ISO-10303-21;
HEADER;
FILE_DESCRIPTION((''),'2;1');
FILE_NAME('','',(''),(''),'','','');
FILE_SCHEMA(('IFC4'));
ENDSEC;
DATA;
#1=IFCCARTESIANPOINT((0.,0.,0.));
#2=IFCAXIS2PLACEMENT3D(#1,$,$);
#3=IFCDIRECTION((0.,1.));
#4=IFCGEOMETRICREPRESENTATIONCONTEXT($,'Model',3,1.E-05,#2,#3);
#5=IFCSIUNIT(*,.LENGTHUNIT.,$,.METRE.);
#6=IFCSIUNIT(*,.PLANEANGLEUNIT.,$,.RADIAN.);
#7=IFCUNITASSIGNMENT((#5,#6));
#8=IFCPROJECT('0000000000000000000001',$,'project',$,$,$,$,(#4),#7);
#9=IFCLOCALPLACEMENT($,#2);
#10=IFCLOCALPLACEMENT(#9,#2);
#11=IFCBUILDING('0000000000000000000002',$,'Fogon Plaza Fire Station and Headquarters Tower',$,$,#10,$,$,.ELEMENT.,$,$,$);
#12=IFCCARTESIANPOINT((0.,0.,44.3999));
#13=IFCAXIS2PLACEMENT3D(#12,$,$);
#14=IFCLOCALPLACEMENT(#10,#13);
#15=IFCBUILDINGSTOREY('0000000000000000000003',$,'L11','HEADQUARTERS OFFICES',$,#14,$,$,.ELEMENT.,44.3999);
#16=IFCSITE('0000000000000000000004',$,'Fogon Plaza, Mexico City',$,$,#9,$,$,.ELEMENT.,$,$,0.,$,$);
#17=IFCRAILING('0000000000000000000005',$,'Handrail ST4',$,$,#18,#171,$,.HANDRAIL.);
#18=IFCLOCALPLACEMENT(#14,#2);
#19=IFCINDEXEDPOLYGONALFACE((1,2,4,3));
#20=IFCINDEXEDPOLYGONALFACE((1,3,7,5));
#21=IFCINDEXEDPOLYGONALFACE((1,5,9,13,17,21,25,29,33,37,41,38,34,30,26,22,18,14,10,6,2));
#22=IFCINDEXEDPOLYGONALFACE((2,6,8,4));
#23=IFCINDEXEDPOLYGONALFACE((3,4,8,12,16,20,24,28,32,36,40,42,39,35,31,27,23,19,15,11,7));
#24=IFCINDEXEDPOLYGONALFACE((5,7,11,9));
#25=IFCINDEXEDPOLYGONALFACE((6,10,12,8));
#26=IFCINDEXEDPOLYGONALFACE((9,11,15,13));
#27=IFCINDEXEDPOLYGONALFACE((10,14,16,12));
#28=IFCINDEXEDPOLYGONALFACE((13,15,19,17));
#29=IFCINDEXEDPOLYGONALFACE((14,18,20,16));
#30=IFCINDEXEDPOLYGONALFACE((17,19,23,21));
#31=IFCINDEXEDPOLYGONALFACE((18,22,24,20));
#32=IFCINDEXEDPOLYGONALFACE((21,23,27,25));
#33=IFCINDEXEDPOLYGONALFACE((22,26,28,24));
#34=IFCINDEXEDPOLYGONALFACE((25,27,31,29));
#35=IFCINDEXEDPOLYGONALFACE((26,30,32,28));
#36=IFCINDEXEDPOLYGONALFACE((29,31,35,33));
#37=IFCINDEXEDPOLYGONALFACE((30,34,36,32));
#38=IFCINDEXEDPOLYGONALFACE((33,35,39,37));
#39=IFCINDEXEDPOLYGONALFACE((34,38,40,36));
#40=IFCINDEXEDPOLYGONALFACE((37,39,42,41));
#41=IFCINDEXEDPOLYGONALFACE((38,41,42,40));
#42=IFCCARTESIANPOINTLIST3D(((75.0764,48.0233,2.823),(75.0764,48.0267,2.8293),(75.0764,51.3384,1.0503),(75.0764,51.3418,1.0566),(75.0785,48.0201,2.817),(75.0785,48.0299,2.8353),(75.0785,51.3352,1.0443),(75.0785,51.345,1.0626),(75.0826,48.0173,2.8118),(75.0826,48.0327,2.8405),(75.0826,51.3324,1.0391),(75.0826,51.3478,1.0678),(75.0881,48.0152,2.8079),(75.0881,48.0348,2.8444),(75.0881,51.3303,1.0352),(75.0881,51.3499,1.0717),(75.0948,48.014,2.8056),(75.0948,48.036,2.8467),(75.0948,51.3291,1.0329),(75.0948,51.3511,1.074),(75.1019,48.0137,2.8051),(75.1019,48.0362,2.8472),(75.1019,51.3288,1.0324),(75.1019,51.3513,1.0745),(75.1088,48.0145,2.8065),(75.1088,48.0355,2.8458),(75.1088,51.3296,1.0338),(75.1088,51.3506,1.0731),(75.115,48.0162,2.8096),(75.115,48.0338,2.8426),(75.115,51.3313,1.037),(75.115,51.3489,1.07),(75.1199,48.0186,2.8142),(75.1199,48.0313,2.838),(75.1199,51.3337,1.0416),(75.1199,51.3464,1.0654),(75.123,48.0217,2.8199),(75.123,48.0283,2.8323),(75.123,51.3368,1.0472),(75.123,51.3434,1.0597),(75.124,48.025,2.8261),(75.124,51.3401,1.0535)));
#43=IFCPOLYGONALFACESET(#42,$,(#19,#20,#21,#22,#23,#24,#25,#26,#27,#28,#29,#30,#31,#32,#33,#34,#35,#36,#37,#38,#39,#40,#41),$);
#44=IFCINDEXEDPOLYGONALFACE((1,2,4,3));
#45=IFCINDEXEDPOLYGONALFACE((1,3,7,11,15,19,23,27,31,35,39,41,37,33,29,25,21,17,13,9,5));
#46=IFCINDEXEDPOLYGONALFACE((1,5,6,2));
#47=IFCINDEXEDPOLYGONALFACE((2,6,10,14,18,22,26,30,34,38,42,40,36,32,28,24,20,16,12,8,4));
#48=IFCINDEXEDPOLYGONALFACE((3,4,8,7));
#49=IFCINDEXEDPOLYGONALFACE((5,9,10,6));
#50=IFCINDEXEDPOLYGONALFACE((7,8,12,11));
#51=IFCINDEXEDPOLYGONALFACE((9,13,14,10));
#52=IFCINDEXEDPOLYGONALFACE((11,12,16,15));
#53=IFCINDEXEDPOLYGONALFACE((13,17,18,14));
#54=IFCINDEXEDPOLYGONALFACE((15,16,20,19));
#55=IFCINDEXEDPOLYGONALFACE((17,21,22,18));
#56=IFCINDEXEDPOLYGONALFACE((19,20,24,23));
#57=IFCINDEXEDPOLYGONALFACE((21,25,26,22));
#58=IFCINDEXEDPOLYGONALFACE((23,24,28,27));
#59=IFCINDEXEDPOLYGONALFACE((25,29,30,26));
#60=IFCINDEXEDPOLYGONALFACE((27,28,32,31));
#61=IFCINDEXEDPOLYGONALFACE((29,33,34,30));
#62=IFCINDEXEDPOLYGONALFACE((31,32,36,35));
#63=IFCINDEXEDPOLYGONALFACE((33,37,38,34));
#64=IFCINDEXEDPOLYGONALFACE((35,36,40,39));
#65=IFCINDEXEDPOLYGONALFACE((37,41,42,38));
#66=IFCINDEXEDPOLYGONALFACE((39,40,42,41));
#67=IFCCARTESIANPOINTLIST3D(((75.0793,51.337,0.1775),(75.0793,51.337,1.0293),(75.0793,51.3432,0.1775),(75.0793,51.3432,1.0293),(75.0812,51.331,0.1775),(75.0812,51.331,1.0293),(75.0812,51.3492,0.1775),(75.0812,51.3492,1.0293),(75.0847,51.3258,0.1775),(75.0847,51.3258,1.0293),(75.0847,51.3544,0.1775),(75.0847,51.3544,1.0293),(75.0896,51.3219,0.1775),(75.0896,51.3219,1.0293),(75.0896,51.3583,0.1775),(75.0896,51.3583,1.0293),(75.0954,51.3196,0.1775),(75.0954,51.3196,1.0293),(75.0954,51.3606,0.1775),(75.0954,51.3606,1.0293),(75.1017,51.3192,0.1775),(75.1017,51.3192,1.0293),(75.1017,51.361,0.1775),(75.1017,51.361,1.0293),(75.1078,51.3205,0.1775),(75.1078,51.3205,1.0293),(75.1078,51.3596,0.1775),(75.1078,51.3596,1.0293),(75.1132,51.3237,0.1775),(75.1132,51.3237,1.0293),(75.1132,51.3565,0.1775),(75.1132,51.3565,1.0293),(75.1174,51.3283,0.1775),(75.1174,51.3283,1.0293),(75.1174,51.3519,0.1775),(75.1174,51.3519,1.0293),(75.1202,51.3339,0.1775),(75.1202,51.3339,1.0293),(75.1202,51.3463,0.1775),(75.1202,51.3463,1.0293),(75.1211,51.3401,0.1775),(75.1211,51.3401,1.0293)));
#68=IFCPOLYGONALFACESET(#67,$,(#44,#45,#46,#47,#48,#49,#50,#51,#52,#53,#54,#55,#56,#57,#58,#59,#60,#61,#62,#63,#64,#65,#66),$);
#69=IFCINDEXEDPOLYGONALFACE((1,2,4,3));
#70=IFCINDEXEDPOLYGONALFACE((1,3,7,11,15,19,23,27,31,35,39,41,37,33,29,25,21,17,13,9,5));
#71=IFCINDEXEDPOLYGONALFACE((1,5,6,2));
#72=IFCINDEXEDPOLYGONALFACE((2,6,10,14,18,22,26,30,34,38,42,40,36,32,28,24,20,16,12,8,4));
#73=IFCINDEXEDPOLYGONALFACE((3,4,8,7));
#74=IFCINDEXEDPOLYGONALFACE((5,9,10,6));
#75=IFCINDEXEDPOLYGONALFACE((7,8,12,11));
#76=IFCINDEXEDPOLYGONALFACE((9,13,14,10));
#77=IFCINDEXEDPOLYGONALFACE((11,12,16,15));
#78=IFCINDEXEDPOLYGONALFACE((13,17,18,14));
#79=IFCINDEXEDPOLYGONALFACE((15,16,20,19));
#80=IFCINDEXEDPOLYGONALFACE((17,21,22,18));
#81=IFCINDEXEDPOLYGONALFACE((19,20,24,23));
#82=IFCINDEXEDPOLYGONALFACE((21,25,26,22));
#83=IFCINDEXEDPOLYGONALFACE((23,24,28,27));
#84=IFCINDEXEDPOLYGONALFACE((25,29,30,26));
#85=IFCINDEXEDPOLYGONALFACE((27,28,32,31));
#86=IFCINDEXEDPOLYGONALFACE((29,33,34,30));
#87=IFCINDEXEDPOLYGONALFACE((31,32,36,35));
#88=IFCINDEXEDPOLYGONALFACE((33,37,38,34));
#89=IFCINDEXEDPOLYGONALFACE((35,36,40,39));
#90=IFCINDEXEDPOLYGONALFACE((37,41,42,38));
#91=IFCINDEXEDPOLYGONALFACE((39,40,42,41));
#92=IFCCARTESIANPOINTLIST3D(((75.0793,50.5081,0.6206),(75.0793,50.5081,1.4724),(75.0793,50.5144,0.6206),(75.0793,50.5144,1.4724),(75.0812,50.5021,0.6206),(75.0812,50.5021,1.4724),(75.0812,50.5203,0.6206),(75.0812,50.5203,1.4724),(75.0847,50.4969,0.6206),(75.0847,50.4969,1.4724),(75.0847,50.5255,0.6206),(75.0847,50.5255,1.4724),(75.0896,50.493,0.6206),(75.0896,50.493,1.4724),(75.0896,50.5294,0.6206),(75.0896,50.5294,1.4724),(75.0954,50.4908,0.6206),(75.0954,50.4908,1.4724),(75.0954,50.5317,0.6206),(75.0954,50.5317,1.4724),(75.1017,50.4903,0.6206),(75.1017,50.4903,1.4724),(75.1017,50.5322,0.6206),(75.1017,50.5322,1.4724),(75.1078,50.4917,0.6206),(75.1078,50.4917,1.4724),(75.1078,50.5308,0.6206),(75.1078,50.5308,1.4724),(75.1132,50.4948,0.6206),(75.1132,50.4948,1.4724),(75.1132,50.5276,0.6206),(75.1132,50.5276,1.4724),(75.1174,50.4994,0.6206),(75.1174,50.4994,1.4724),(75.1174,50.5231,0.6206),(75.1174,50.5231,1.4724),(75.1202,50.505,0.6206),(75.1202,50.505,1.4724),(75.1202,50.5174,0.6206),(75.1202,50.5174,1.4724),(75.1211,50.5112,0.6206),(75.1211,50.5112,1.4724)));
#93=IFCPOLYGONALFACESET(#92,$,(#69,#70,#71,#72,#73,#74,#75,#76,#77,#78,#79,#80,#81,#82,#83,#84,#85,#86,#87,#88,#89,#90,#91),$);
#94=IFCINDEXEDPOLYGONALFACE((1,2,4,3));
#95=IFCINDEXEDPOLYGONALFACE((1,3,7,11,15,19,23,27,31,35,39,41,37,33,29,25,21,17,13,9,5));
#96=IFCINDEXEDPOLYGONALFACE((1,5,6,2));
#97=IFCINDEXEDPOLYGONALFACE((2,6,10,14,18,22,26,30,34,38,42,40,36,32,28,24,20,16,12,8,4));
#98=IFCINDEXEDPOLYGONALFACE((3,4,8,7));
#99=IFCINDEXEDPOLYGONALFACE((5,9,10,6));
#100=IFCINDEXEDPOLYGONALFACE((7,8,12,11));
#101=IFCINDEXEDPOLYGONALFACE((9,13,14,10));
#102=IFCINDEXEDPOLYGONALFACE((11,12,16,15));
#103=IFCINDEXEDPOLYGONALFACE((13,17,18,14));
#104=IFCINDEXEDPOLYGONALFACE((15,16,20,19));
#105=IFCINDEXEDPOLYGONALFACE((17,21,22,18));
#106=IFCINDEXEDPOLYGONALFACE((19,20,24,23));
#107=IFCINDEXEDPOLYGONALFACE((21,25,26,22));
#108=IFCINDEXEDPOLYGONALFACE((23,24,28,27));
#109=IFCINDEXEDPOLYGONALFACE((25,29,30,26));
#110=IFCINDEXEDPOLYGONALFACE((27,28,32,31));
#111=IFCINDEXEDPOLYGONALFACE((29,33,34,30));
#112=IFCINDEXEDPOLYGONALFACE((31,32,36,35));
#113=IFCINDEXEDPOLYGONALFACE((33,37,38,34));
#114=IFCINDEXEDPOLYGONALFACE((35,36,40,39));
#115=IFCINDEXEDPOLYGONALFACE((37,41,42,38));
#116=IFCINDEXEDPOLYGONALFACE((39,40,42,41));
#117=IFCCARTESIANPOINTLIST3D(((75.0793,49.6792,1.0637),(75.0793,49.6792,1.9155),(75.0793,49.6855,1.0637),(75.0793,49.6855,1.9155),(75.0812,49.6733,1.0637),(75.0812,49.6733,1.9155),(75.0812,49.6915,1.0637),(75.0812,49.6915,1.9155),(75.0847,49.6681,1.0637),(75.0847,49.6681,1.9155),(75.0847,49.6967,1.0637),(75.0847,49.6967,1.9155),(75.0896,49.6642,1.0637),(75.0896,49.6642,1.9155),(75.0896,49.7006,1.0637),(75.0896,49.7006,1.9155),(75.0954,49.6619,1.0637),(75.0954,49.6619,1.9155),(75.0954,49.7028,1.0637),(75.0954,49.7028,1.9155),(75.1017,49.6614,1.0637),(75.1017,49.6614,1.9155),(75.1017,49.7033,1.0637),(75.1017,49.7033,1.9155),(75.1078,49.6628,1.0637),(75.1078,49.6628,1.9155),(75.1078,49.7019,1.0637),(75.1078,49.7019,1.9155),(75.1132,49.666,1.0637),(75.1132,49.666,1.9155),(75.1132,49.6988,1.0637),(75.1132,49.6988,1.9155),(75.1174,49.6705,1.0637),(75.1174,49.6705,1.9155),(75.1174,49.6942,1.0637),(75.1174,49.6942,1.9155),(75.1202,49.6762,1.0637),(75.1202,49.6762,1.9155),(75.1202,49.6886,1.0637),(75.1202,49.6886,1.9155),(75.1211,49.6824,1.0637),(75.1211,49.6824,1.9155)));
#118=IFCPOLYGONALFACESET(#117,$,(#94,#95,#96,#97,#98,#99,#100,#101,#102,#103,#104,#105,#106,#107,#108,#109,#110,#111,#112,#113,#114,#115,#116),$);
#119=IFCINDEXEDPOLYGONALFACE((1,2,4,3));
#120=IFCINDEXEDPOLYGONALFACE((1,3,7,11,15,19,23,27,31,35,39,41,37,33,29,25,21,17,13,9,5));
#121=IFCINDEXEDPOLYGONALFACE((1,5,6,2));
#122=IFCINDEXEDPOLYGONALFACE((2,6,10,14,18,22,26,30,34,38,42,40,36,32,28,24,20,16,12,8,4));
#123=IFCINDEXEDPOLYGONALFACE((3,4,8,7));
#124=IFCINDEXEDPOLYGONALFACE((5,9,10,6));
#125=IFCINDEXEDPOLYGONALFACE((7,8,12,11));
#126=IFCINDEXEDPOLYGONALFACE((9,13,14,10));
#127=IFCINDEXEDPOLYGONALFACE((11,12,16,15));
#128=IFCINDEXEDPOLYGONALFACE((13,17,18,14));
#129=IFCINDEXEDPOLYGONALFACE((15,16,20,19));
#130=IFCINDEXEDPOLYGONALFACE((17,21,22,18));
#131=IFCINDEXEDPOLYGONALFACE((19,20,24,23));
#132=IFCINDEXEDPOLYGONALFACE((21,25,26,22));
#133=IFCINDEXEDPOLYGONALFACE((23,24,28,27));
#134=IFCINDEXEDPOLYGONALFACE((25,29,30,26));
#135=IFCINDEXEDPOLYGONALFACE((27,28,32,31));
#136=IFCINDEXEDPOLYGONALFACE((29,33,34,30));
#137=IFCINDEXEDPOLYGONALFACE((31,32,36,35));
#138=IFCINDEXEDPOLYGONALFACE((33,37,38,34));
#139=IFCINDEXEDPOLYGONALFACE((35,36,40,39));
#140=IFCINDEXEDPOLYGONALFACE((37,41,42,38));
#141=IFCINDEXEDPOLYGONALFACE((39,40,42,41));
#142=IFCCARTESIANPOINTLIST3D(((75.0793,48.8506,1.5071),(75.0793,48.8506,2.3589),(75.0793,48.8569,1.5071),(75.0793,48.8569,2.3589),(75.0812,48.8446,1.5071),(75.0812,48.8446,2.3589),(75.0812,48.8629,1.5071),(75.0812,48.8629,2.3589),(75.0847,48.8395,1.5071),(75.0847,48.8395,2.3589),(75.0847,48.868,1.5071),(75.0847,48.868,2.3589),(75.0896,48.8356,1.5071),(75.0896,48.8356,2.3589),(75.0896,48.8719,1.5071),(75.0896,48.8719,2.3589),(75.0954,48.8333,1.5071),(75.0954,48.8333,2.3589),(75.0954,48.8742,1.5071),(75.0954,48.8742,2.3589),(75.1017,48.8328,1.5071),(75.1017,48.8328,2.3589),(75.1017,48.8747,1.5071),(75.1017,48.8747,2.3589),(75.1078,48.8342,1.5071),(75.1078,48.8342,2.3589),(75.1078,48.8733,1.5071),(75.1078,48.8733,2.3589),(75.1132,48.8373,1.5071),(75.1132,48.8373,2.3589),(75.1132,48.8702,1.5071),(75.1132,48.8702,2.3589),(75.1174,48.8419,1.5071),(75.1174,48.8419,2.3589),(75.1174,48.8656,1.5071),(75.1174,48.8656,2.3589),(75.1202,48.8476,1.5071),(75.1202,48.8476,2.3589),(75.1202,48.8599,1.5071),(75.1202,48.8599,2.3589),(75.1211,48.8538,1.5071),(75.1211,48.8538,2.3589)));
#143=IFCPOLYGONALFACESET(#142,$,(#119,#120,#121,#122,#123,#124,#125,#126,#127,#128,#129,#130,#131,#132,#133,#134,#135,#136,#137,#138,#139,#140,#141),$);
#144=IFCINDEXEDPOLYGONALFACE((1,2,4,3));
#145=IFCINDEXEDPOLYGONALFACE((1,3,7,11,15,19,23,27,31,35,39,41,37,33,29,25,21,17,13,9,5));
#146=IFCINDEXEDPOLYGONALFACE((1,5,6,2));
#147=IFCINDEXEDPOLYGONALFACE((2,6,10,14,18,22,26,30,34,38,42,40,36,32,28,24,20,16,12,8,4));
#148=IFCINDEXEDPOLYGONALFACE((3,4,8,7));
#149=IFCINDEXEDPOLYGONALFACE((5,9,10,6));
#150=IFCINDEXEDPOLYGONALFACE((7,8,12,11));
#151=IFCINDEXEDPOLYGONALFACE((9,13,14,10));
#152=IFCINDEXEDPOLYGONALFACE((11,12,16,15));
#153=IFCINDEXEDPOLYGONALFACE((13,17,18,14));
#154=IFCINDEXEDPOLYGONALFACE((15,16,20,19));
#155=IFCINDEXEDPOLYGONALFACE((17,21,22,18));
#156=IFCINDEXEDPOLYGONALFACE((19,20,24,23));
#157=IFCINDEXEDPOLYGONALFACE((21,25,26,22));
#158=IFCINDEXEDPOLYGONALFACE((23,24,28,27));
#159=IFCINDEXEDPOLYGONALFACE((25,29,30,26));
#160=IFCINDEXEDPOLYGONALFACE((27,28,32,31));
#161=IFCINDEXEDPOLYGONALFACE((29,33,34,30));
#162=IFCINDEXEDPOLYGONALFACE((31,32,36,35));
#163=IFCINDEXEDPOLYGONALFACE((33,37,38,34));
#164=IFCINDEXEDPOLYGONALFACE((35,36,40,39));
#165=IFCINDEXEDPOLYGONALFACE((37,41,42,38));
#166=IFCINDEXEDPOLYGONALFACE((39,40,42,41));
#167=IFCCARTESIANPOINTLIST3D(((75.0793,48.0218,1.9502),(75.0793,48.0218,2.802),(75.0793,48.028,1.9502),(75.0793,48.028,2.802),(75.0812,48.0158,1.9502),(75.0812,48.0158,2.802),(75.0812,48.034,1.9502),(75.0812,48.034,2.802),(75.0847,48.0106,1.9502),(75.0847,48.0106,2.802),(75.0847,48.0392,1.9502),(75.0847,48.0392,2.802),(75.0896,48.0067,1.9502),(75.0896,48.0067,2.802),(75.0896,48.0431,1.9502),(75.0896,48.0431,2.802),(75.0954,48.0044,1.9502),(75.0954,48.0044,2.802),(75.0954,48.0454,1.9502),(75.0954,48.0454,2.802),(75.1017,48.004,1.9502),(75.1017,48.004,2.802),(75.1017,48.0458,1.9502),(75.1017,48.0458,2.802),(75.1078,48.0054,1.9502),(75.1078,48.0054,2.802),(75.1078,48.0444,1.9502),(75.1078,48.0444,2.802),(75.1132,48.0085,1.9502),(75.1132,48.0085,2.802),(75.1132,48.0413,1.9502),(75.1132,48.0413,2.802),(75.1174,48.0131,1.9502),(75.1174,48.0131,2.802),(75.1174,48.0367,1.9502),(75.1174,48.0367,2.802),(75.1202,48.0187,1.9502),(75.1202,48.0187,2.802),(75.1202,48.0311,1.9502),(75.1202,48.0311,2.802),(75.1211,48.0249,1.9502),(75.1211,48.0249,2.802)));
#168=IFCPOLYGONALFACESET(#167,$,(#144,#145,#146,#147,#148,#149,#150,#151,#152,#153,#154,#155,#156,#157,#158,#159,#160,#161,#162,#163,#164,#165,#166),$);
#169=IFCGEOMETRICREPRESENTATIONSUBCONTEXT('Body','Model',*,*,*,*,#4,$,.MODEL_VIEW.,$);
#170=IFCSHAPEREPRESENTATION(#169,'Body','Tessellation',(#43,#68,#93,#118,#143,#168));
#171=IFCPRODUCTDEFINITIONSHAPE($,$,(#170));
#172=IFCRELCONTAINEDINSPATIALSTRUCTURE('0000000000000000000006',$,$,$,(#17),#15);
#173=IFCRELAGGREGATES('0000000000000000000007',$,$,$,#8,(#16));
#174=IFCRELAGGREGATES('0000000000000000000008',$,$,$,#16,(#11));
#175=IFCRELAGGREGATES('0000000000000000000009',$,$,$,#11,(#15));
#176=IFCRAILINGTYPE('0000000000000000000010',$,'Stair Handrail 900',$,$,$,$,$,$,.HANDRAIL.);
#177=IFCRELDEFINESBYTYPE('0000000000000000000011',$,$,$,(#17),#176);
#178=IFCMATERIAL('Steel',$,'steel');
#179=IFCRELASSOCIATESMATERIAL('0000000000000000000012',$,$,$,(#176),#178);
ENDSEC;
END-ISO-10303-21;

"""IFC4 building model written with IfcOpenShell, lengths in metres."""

from ifc_helpers import new_model, si_unit, direction, frame, origin, origin_2d, place, context, subcontext, project, spatial, circle, extrude, material, type_object, element, save


model = new_model("IFC4")

# Units and contexts
model_context = context("Model", 3, precision=1e-05, world=origin(), true_north=direction((0.0, 1.0)))
body_context = subcontext(model_context, "Body", "Model", "MODEL_VIEW")
ifc_project = project(units=[si_unit("LENGTHUNIT", "METRE"), si_unit("PLANEANGLEUNIT", "RADIAN")], contexts=[model_context])

# Site, building, storey
site_placement = place(None, origin())
site = spatial("IfcSite", under=ifc_project, at=site_placement, Name="Fogon Plaza, Mexico City", CompositionType="ELEMENT", RefElevation=0.0)
building_placement = place(site_placement, origin())
building = spatial("IfcBuilding", under=site, at=building_placement, Name="Fogon Plaza Fire Station and Headquarters Tower", CompositionType="ELEMENT")
storey_placement = place(building_placement, frame((0.0, 0.0, 44.3999)))
storey = spatial("IfcBuildingStorey", under=building, at=storey_placement, Name="L11", Description="HEADQUARTERS OFFICES", CompositionType="ELEMENT", Elevation=44.3999)

# Railing
ifc_material_1 = material(Name="Steel", Category="steel")
railing_type = type_object("IfcRailingType", Name="Stair Handrail 900", PredefinedType="HANDRAIL", material=ifc_material_1)
for number, where, name in (
    (1, (75.1001, 51.3401, 0.1775), "Handrail ST4"),
):
    element("IfcRailing", number, at=place(storey_placement, frame(where)), inside=storey, type_object=railing_type, Name=name, PredefinedType="HANDRAIL", context=body_context, shape_type="SweptSolid", body=[
        extrude(circle(Radius=0.0239, at=origin_2d()), frame((0.0, 0.0, 0.876), z_axis=(0.0, -0.881844, 0.471542), x_axis=(1.0, 0.0, 0.0)), (0.0, 0.0, 1.0), 3.7593),
        extrude(circle(Radius=0.021, at=origin_2d()), origin(), (0.0, 0.0, 1.0), 0.8518),
        extrude(circle(Radius=0.021, at=origin_2d()), frame((0.0, -0.8289, 0.4431)), (0.0, 0.0, 1.0), 0.8518),
        extrude(circle(Radius=0.021, at=origin_2d()), frame((0.0, -1.6577, 0.8862)), (0.0, 0.0, 1.0), 0.8518),
        extrude(circle(Radius=0.021, at=origin_2d()), frame((0.0, -2.4863, 1.3296)), (0.0, 0.0, 1.0), 0.8518),
        extrude(circle(Radius=0.021, at=origin_2d()), frame((0.0, -3.3152, 1.7727)), (0.0, 0.0, 1.0), 0.8518),
    ])

save(model, "model.ifc")
